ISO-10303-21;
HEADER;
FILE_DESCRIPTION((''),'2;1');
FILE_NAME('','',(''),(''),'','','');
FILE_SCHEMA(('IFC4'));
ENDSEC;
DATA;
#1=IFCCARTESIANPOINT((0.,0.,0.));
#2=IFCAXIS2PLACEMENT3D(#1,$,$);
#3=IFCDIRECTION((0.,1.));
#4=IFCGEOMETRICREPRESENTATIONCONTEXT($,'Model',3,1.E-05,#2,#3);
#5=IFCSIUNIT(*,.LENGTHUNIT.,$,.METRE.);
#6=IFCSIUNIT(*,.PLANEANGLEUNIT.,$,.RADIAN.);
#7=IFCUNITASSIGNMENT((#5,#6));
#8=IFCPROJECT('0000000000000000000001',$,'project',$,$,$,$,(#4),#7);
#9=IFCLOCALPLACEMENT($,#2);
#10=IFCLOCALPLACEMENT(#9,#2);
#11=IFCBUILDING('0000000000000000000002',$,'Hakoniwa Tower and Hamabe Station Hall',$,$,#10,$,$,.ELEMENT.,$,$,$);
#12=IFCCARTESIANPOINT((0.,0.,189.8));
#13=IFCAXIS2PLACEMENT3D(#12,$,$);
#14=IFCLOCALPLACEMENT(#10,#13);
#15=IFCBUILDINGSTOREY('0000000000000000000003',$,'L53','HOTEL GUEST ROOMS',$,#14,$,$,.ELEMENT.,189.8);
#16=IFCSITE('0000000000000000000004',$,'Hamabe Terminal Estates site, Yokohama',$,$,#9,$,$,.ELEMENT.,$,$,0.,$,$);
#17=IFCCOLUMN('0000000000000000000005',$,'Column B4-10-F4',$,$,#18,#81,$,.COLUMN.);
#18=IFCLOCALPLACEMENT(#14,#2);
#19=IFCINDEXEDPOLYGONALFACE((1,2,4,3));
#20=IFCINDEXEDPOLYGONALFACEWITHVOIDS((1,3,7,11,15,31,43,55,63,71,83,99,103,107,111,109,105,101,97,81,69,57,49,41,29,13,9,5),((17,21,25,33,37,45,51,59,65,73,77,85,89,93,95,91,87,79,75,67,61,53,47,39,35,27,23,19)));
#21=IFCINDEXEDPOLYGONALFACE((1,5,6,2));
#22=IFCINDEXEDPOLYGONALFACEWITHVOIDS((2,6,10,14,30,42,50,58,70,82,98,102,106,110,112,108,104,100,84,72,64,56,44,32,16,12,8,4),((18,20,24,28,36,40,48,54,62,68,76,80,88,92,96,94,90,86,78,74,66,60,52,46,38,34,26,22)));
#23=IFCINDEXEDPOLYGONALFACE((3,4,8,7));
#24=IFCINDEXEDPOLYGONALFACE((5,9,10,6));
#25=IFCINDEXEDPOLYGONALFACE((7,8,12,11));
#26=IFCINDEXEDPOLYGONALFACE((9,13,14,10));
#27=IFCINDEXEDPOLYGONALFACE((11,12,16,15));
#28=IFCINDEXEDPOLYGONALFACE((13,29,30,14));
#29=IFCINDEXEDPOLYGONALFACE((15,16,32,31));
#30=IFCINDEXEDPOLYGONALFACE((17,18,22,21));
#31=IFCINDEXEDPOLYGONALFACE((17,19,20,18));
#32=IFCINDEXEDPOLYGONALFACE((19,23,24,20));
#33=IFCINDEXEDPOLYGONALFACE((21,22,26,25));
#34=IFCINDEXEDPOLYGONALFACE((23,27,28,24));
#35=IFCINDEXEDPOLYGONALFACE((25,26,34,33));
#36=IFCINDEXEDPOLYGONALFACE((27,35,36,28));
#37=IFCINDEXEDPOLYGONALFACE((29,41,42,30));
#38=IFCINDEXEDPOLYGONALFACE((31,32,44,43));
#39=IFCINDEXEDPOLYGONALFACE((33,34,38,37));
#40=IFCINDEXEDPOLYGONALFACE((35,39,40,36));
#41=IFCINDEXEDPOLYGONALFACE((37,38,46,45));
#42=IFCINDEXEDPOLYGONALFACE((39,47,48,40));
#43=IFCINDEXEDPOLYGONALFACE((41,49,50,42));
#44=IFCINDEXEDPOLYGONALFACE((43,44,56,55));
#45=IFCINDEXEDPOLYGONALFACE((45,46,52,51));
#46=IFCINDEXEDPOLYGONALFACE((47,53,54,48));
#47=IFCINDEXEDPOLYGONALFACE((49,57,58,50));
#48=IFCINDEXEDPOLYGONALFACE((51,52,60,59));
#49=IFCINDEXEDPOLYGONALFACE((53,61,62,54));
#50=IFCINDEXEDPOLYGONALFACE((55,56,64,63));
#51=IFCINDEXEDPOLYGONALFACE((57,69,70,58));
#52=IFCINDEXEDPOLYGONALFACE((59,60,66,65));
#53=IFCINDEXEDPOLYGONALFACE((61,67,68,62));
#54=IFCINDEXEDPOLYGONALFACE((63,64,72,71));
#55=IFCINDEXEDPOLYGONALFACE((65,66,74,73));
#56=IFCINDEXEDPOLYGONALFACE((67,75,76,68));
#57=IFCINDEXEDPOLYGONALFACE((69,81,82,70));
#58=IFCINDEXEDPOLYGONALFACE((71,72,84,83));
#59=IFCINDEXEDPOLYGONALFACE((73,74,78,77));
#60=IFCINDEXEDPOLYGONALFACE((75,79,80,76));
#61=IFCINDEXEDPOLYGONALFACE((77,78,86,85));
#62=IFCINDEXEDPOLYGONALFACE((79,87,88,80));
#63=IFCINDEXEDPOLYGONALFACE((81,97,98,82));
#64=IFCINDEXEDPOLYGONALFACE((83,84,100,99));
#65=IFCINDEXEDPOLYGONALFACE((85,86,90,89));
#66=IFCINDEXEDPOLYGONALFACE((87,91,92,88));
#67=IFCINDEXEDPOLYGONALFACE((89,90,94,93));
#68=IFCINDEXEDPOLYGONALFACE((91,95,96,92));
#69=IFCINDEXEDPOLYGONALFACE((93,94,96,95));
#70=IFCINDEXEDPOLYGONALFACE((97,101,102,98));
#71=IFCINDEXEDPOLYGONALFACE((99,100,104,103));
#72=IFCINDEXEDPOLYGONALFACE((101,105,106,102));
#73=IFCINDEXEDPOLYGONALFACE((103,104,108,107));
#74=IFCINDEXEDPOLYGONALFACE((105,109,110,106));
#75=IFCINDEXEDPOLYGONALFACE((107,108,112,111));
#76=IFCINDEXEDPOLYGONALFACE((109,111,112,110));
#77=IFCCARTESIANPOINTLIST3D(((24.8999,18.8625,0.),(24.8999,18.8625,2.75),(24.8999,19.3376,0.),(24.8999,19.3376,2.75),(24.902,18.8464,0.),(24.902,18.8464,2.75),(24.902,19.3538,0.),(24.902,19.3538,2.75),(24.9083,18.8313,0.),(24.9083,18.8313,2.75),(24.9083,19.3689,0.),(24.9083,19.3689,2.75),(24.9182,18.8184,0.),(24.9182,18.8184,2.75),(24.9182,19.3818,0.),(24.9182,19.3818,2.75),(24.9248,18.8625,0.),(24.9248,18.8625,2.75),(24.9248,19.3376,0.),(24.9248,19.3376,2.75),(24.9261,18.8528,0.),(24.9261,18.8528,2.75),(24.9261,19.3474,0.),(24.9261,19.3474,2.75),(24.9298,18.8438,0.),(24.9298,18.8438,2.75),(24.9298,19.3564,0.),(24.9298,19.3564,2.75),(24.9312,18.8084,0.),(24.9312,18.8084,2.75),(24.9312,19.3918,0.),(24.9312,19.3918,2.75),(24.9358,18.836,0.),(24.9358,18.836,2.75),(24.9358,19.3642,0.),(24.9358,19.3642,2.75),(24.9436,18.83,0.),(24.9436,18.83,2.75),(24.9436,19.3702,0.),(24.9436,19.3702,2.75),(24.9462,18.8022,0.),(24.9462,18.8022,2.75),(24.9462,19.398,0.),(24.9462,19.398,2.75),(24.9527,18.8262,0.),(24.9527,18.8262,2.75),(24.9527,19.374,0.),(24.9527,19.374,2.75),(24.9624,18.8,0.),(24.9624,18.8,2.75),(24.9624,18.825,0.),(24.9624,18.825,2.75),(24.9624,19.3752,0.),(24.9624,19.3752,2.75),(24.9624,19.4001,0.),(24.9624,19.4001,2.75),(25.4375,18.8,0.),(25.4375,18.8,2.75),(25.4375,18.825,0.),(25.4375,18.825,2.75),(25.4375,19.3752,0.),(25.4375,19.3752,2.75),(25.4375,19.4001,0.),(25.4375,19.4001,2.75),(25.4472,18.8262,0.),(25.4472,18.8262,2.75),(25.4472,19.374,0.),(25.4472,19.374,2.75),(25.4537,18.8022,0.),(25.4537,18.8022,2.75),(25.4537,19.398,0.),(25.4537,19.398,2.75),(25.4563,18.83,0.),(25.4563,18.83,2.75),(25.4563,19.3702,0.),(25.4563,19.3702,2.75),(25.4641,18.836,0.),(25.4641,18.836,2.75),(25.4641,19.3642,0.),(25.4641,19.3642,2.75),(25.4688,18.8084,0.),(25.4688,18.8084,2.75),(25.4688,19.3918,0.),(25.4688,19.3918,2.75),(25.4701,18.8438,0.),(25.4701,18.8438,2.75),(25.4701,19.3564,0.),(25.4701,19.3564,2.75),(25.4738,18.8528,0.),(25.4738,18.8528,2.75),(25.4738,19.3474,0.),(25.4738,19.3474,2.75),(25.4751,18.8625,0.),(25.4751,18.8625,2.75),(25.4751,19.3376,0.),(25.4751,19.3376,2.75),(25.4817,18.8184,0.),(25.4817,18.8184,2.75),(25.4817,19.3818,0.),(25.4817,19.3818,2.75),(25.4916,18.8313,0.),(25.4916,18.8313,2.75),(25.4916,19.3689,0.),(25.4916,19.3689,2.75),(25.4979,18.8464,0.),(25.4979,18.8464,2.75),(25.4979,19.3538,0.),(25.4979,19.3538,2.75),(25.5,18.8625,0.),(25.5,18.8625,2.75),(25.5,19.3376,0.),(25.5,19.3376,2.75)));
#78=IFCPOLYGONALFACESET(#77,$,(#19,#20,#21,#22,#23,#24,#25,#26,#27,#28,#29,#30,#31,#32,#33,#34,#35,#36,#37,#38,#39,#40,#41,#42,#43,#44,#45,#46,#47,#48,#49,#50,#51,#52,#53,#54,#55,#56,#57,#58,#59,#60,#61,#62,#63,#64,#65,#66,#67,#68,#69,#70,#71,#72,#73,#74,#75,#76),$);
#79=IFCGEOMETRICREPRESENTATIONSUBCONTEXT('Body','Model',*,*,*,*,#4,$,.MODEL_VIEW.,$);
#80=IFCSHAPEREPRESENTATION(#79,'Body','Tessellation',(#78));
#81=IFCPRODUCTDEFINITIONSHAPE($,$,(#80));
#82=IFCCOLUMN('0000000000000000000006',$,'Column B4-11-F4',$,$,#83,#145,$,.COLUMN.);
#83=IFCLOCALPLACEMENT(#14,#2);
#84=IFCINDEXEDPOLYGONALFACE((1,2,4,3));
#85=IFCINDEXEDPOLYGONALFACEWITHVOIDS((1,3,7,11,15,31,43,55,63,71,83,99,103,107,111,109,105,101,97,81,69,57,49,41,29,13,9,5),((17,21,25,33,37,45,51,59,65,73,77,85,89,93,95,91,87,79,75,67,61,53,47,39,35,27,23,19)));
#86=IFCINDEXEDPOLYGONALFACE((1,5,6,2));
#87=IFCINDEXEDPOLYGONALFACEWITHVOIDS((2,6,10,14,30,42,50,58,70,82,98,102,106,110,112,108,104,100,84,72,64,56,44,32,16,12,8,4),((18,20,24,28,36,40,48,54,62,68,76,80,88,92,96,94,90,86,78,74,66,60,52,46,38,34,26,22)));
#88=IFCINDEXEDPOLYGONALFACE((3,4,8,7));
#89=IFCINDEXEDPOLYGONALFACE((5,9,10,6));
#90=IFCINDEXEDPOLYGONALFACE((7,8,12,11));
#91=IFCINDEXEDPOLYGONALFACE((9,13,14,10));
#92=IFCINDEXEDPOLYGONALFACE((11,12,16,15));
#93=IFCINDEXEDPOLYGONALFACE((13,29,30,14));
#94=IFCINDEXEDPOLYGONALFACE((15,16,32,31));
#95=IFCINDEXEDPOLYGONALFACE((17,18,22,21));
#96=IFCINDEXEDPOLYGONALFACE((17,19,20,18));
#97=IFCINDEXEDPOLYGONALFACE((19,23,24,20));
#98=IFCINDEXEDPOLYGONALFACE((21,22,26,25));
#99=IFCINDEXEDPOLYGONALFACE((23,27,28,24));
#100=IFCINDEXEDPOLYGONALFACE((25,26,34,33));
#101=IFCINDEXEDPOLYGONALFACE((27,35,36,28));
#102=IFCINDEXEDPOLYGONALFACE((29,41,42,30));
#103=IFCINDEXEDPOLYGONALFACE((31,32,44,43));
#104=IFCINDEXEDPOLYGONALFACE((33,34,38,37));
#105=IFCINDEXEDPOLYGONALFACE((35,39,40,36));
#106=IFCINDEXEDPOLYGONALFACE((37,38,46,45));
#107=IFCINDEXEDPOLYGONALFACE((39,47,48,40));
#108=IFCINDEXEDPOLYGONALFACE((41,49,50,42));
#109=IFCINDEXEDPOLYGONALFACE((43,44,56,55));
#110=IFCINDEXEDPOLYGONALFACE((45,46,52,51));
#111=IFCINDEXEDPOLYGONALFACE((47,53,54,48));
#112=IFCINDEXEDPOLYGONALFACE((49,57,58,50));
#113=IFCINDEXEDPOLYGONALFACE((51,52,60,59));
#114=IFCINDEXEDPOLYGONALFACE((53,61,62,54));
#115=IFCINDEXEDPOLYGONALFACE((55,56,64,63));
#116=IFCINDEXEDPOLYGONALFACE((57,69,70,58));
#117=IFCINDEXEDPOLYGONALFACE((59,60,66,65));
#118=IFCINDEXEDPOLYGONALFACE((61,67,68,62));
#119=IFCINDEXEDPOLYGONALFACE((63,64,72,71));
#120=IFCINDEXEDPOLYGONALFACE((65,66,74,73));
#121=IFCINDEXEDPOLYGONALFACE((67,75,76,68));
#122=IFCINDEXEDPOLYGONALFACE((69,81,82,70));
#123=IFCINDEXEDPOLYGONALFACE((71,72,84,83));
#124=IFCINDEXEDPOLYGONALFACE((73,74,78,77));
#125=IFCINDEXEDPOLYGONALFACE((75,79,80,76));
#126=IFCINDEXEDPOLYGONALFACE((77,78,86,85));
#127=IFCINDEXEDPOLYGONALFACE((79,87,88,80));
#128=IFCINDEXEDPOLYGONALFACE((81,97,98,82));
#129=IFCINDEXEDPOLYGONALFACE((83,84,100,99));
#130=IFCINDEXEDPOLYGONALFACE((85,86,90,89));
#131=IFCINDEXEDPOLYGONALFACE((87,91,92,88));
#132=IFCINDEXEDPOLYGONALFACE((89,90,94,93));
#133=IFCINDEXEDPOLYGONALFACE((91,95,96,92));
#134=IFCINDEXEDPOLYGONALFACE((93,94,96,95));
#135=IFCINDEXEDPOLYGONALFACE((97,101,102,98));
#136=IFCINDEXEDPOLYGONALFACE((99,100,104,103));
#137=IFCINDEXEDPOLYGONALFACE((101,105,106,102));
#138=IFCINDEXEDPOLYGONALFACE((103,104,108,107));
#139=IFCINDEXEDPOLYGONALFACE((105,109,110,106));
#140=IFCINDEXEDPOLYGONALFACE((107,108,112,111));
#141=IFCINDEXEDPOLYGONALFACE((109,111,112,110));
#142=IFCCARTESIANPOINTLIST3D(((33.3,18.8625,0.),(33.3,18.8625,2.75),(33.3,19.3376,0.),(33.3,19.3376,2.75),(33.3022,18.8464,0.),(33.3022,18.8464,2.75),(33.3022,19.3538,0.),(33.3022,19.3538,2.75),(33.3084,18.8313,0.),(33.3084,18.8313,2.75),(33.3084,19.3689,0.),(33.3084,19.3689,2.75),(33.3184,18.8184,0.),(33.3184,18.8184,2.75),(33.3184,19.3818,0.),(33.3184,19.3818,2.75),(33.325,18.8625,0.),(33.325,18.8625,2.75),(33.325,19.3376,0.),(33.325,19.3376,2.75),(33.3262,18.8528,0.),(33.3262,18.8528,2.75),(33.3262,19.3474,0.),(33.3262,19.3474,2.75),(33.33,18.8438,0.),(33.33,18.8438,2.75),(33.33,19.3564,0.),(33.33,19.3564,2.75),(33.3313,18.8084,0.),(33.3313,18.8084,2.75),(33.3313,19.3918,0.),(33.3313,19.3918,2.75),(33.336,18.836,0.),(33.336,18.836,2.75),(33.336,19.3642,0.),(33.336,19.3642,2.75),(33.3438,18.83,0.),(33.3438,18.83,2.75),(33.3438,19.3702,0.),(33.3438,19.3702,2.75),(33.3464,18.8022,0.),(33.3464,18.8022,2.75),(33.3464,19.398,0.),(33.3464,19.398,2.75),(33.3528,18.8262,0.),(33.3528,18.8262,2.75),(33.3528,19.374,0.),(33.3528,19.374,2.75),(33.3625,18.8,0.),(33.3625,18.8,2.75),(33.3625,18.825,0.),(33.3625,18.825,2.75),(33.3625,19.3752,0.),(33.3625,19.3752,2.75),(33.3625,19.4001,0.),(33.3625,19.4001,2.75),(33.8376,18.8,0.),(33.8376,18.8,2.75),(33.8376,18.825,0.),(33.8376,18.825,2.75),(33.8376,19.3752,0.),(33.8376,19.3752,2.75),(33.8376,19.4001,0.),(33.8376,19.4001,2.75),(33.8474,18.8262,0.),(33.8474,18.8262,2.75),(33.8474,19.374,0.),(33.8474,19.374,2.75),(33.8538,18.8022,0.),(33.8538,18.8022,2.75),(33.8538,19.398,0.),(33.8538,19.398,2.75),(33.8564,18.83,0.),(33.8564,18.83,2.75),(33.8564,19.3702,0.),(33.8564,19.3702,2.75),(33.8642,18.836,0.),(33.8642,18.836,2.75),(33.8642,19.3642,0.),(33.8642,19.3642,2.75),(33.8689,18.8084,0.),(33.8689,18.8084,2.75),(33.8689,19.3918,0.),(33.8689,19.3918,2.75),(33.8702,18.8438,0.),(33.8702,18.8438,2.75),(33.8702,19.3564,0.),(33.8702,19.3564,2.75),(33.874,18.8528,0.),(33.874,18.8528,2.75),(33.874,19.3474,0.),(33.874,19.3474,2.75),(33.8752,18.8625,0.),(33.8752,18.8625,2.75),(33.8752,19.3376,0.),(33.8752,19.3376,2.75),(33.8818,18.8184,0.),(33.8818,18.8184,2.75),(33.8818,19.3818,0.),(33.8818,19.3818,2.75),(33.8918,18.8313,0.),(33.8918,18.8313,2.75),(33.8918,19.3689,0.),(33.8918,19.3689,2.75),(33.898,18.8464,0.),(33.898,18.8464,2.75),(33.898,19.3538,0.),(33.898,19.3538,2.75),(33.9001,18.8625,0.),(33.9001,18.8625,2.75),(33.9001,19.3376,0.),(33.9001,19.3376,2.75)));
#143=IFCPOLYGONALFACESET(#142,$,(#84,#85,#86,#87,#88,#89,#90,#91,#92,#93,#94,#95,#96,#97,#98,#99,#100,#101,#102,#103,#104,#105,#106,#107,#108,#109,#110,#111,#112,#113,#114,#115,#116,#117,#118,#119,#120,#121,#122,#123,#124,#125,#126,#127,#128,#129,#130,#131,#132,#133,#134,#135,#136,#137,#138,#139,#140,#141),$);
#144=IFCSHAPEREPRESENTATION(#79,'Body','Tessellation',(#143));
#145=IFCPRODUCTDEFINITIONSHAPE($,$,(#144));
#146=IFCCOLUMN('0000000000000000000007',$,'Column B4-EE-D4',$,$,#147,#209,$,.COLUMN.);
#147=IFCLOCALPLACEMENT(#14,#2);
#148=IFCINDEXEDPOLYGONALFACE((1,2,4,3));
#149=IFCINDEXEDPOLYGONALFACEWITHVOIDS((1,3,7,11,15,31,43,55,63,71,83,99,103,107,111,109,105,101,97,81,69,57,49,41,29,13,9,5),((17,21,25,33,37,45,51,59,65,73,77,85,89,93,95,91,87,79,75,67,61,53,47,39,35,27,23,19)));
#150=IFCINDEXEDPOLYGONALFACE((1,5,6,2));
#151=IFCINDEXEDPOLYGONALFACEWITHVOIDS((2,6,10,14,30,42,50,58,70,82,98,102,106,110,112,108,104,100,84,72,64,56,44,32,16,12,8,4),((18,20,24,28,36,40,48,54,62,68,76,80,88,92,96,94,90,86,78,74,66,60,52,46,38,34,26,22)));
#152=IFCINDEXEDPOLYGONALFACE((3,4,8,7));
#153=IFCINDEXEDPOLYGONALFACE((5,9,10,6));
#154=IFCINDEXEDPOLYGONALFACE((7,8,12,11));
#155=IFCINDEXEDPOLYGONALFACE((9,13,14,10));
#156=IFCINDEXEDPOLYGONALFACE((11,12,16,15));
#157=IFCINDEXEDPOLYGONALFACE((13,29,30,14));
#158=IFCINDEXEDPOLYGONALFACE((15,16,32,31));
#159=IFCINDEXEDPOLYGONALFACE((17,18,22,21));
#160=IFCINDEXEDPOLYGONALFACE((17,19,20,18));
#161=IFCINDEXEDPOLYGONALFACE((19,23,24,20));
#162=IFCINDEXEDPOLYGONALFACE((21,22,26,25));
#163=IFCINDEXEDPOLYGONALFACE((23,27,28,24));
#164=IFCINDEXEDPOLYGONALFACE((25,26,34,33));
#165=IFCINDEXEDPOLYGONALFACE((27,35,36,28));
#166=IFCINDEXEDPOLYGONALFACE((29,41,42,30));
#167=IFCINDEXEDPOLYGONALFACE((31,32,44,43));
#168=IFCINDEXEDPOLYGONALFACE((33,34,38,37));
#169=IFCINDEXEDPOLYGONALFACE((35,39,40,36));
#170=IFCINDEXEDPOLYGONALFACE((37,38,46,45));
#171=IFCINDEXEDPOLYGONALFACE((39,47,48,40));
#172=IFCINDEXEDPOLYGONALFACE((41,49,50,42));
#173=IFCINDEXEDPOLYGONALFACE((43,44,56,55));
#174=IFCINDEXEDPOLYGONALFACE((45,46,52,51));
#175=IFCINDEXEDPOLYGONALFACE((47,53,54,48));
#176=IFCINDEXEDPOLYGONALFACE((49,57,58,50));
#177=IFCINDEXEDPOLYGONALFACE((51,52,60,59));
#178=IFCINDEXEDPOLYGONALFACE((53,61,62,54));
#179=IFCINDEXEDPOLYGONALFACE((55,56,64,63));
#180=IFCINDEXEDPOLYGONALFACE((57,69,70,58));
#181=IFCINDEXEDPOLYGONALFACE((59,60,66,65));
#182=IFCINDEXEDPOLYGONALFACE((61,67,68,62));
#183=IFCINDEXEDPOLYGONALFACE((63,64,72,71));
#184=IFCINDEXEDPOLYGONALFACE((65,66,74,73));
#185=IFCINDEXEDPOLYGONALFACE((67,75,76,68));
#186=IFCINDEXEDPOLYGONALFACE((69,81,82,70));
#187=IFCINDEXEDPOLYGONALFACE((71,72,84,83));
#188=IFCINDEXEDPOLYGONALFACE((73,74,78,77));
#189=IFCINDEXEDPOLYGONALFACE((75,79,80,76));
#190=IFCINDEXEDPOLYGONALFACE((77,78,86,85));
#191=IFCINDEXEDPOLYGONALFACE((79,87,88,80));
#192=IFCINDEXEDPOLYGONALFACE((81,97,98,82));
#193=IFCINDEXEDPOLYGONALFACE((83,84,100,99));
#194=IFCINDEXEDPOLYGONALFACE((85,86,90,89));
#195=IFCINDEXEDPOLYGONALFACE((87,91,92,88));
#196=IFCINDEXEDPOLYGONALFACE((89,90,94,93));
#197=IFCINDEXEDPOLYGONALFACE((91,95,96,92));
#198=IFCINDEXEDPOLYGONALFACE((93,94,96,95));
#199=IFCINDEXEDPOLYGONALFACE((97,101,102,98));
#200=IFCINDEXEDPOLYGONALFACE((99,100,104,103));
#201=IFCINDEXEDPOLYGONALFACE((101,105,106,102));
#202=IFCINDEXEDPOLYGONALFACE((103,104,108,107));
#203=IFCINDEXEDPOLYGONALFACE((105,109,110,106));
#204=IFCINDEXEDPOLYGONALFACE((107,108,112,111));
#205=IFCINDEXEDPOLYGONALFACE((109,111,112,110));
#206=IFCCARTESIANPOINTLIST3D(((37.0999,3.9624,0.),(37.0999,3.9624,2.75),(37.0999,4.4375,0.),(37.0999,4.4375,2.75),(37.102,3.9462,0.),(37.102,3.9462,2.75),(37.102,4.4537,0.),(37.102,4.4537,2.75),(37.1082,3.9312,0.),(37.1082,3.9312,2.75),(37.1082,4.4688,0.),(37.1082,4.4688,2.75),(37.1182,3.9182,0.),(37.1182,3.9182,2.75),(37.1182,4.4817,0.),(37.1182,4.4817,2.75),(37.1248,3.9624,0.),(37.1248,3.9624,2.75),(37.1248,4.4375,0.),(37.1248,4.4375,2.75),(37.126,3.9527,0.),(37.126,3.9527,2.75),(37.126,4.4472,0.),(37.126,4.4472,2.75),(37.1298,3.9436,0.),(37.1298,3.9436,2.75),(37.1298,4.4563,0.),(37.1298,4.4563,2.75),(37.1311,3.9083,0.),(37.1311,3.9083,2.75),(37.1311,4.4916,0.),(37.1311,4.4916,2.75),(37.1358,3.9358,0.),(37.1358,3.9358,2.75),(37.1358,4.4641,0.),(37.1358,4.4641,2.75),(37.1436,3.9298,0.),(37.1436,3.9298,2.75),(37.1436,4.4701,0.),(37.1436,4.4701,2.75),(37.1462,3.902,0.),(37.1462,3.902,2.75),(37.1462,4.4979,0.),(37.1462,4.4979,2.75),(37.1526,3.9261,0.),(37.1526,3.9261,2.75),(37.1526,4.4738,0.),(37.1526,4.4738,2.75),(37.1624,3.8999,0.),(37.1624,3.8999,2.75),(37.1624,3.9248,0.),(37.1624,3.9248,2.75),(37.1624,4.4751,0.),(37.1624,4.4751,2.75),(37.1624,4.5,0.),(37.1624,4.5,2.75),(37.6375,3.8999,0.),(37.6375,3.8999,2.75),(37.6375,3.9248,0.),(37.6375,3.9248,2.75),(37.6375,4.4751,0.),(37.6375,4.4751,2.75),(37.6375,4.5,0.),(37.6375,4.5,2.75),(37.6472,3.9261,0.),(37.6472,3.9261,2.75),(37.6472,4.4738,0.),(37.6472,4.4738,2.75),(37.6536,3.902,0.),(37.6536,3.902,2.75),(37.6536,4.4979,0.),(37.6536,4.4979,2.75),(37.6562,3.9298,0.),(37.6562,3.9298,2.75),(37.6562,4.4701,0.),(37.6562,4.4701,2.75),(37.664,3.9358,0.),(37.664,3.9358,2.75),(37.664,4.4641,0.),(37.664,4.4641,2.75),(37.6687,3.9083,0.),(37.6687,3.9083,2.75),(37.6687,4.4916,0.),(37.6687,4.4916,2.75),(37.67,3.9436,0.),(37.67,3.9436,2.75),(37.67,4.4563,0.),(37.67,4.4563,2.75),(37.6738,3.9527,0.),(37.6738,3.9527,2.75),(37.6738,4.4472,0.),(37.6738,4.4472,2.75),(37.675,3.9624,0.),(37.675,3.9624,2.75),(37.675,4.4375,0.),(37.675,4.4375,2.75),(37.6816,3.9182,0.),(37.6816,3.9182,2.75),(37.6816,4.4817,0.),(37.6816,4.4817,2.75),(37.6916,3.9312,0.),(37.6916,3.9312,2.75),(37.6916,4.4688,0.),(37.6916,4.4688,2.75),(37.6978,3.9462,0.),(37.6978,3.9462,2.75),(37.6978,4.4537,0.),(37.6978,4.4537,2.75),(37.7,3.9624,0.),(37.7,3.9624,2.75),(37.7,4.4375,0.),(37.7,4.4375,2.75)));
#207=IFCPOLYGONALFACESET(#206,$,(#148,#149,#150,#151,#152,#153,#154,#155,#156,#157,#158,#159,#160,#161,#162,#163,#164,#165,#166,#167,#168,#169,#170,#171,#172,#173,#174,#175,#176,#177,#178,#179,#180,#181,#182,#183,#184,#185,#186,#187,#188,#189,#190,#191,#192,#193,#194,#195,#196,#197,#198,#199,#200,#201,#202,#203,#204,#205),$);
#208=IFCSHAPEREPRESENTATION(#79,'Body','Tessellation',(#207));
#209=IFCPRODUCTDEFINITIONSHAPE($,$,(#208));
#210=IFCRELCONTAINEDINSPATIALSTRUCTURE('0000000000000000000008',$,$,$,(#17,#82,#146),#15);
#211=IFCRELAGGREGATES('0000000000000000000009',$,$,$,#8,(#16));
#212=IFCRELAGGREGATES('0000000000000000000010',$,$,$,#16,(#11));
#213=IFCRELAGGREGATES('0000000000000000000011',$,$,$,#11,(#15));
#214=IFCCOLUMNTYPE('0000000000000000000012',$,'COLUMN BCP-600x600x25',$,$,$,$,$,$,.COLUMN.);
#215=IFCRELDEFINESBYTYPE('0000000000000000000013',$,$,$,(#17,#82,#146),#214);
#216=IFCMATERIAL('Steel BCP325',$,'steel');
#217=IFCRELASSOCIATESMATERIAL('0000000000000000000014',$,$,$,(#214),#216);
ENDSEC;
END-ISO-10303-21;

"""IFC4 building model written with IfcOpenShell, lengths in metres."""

from ifc_helpers import new_model, si_unit, direction, frame, origin, origin_2d, place, context, subcontext, project, spatial, hollow_rectangle, extrude, material, material_profile, profile_set, type_object, element, save


model = new_model("IFC4")

# Units and contexts
model_context = context("Model", 3, precision=1e-05, world=origin(), true_north=direction((0.0, 1.0)))
body_context = subcontext(model_context, "Body", "Model", "MODEL_VIEW")
ifc_project = project(units=[si_unit("LENGTHUNIT", "METRE"), si_unit("PLANEANGLEUNIT", "RADIAN")], contexts=[model_context])

# Site, building, storey
site_placement = place(None, origin())
site = spatial("IfcSite", under=ifc_project, at=site_placement, Name="Hamabe Terminal Estates site, Yokohama", CompositionType="ELEMENT", RefElevation=0.0)
building_placement = place(site_placement, origin())
building = spatial("IfcBuilding", under=site, at=building_placement, Name="Hakoniwa Tower and Hamabe Station Hall", CompositionType="ELEMENT")
storey_placement = place(building_placement, frame((0.0, 0.0, 189.8)))
storey = spatial("IfcBuildingStorey", under=building, at=storey_placement, Name="L53", Description="HOTEL GUEST ROOMS", CompositionType="ELEMENT", Elevation=189.8)

# Columns
ifc_material_1 = material(Name="Steel BCP325", Category="steel")
ifc_material_profile_1 = material_profile(ifc_material_1, hollow_rectangle(XDim=0.6001, YDim=0.6001, WallThickness=0.0249, InnerFilletRadius=0.0376, OuterFilletRadius=0.0625, at=origin_2d()), Name="BCP-600x600x25")
ifc_profile_set_1 = profile_set([ifc_material_profile_1], Name="Steel BCP325")
column_type = type_object("IfcColumnType", Name="COLUMN BCP-600x600x25", PredefinedType="COLUMN", material=ifc_profile_set_1)
for number, where, z_axis, x_axis, name in (
    (1, (25.2, 19.1001, 0.0), (0.0, 0.0, 1.0), (1.0, 0.0, 0.0), "Column B4-10-F4"),
    (2, (33.6001, 19.1001, 0.0), (0.0, 0.0, 1.0), (1.0, 0.0, 0.0), "Column B4-11-F4"),
    (3, (37.3999, 4.2, 0.0), (0.0, 0.0, 1.0), (1.0, 0.0, 0.0), "Column B4-EE-D4"),
):
    element("IfcColumn", number, at=place(storey_placement, frame(where, z_axis=z_axis, x_axis=x_axis)), inside=storey, type_object=column_type, Name=name, PredefinedType="COLUMN", context=body_context, shape_type="SweptSolid", body=[
        extrude(hollow_rectangle(XDim=0.6001, YDim=0.6001, WallThickness=0.0249, InnerFilletRadius=0.0376, OuterFilletRadius=0.0625, at=origin_2d()), origin(), (0.0, 0.0, 1.0), 2.75),
    ])

save(model, "model.ifc")
